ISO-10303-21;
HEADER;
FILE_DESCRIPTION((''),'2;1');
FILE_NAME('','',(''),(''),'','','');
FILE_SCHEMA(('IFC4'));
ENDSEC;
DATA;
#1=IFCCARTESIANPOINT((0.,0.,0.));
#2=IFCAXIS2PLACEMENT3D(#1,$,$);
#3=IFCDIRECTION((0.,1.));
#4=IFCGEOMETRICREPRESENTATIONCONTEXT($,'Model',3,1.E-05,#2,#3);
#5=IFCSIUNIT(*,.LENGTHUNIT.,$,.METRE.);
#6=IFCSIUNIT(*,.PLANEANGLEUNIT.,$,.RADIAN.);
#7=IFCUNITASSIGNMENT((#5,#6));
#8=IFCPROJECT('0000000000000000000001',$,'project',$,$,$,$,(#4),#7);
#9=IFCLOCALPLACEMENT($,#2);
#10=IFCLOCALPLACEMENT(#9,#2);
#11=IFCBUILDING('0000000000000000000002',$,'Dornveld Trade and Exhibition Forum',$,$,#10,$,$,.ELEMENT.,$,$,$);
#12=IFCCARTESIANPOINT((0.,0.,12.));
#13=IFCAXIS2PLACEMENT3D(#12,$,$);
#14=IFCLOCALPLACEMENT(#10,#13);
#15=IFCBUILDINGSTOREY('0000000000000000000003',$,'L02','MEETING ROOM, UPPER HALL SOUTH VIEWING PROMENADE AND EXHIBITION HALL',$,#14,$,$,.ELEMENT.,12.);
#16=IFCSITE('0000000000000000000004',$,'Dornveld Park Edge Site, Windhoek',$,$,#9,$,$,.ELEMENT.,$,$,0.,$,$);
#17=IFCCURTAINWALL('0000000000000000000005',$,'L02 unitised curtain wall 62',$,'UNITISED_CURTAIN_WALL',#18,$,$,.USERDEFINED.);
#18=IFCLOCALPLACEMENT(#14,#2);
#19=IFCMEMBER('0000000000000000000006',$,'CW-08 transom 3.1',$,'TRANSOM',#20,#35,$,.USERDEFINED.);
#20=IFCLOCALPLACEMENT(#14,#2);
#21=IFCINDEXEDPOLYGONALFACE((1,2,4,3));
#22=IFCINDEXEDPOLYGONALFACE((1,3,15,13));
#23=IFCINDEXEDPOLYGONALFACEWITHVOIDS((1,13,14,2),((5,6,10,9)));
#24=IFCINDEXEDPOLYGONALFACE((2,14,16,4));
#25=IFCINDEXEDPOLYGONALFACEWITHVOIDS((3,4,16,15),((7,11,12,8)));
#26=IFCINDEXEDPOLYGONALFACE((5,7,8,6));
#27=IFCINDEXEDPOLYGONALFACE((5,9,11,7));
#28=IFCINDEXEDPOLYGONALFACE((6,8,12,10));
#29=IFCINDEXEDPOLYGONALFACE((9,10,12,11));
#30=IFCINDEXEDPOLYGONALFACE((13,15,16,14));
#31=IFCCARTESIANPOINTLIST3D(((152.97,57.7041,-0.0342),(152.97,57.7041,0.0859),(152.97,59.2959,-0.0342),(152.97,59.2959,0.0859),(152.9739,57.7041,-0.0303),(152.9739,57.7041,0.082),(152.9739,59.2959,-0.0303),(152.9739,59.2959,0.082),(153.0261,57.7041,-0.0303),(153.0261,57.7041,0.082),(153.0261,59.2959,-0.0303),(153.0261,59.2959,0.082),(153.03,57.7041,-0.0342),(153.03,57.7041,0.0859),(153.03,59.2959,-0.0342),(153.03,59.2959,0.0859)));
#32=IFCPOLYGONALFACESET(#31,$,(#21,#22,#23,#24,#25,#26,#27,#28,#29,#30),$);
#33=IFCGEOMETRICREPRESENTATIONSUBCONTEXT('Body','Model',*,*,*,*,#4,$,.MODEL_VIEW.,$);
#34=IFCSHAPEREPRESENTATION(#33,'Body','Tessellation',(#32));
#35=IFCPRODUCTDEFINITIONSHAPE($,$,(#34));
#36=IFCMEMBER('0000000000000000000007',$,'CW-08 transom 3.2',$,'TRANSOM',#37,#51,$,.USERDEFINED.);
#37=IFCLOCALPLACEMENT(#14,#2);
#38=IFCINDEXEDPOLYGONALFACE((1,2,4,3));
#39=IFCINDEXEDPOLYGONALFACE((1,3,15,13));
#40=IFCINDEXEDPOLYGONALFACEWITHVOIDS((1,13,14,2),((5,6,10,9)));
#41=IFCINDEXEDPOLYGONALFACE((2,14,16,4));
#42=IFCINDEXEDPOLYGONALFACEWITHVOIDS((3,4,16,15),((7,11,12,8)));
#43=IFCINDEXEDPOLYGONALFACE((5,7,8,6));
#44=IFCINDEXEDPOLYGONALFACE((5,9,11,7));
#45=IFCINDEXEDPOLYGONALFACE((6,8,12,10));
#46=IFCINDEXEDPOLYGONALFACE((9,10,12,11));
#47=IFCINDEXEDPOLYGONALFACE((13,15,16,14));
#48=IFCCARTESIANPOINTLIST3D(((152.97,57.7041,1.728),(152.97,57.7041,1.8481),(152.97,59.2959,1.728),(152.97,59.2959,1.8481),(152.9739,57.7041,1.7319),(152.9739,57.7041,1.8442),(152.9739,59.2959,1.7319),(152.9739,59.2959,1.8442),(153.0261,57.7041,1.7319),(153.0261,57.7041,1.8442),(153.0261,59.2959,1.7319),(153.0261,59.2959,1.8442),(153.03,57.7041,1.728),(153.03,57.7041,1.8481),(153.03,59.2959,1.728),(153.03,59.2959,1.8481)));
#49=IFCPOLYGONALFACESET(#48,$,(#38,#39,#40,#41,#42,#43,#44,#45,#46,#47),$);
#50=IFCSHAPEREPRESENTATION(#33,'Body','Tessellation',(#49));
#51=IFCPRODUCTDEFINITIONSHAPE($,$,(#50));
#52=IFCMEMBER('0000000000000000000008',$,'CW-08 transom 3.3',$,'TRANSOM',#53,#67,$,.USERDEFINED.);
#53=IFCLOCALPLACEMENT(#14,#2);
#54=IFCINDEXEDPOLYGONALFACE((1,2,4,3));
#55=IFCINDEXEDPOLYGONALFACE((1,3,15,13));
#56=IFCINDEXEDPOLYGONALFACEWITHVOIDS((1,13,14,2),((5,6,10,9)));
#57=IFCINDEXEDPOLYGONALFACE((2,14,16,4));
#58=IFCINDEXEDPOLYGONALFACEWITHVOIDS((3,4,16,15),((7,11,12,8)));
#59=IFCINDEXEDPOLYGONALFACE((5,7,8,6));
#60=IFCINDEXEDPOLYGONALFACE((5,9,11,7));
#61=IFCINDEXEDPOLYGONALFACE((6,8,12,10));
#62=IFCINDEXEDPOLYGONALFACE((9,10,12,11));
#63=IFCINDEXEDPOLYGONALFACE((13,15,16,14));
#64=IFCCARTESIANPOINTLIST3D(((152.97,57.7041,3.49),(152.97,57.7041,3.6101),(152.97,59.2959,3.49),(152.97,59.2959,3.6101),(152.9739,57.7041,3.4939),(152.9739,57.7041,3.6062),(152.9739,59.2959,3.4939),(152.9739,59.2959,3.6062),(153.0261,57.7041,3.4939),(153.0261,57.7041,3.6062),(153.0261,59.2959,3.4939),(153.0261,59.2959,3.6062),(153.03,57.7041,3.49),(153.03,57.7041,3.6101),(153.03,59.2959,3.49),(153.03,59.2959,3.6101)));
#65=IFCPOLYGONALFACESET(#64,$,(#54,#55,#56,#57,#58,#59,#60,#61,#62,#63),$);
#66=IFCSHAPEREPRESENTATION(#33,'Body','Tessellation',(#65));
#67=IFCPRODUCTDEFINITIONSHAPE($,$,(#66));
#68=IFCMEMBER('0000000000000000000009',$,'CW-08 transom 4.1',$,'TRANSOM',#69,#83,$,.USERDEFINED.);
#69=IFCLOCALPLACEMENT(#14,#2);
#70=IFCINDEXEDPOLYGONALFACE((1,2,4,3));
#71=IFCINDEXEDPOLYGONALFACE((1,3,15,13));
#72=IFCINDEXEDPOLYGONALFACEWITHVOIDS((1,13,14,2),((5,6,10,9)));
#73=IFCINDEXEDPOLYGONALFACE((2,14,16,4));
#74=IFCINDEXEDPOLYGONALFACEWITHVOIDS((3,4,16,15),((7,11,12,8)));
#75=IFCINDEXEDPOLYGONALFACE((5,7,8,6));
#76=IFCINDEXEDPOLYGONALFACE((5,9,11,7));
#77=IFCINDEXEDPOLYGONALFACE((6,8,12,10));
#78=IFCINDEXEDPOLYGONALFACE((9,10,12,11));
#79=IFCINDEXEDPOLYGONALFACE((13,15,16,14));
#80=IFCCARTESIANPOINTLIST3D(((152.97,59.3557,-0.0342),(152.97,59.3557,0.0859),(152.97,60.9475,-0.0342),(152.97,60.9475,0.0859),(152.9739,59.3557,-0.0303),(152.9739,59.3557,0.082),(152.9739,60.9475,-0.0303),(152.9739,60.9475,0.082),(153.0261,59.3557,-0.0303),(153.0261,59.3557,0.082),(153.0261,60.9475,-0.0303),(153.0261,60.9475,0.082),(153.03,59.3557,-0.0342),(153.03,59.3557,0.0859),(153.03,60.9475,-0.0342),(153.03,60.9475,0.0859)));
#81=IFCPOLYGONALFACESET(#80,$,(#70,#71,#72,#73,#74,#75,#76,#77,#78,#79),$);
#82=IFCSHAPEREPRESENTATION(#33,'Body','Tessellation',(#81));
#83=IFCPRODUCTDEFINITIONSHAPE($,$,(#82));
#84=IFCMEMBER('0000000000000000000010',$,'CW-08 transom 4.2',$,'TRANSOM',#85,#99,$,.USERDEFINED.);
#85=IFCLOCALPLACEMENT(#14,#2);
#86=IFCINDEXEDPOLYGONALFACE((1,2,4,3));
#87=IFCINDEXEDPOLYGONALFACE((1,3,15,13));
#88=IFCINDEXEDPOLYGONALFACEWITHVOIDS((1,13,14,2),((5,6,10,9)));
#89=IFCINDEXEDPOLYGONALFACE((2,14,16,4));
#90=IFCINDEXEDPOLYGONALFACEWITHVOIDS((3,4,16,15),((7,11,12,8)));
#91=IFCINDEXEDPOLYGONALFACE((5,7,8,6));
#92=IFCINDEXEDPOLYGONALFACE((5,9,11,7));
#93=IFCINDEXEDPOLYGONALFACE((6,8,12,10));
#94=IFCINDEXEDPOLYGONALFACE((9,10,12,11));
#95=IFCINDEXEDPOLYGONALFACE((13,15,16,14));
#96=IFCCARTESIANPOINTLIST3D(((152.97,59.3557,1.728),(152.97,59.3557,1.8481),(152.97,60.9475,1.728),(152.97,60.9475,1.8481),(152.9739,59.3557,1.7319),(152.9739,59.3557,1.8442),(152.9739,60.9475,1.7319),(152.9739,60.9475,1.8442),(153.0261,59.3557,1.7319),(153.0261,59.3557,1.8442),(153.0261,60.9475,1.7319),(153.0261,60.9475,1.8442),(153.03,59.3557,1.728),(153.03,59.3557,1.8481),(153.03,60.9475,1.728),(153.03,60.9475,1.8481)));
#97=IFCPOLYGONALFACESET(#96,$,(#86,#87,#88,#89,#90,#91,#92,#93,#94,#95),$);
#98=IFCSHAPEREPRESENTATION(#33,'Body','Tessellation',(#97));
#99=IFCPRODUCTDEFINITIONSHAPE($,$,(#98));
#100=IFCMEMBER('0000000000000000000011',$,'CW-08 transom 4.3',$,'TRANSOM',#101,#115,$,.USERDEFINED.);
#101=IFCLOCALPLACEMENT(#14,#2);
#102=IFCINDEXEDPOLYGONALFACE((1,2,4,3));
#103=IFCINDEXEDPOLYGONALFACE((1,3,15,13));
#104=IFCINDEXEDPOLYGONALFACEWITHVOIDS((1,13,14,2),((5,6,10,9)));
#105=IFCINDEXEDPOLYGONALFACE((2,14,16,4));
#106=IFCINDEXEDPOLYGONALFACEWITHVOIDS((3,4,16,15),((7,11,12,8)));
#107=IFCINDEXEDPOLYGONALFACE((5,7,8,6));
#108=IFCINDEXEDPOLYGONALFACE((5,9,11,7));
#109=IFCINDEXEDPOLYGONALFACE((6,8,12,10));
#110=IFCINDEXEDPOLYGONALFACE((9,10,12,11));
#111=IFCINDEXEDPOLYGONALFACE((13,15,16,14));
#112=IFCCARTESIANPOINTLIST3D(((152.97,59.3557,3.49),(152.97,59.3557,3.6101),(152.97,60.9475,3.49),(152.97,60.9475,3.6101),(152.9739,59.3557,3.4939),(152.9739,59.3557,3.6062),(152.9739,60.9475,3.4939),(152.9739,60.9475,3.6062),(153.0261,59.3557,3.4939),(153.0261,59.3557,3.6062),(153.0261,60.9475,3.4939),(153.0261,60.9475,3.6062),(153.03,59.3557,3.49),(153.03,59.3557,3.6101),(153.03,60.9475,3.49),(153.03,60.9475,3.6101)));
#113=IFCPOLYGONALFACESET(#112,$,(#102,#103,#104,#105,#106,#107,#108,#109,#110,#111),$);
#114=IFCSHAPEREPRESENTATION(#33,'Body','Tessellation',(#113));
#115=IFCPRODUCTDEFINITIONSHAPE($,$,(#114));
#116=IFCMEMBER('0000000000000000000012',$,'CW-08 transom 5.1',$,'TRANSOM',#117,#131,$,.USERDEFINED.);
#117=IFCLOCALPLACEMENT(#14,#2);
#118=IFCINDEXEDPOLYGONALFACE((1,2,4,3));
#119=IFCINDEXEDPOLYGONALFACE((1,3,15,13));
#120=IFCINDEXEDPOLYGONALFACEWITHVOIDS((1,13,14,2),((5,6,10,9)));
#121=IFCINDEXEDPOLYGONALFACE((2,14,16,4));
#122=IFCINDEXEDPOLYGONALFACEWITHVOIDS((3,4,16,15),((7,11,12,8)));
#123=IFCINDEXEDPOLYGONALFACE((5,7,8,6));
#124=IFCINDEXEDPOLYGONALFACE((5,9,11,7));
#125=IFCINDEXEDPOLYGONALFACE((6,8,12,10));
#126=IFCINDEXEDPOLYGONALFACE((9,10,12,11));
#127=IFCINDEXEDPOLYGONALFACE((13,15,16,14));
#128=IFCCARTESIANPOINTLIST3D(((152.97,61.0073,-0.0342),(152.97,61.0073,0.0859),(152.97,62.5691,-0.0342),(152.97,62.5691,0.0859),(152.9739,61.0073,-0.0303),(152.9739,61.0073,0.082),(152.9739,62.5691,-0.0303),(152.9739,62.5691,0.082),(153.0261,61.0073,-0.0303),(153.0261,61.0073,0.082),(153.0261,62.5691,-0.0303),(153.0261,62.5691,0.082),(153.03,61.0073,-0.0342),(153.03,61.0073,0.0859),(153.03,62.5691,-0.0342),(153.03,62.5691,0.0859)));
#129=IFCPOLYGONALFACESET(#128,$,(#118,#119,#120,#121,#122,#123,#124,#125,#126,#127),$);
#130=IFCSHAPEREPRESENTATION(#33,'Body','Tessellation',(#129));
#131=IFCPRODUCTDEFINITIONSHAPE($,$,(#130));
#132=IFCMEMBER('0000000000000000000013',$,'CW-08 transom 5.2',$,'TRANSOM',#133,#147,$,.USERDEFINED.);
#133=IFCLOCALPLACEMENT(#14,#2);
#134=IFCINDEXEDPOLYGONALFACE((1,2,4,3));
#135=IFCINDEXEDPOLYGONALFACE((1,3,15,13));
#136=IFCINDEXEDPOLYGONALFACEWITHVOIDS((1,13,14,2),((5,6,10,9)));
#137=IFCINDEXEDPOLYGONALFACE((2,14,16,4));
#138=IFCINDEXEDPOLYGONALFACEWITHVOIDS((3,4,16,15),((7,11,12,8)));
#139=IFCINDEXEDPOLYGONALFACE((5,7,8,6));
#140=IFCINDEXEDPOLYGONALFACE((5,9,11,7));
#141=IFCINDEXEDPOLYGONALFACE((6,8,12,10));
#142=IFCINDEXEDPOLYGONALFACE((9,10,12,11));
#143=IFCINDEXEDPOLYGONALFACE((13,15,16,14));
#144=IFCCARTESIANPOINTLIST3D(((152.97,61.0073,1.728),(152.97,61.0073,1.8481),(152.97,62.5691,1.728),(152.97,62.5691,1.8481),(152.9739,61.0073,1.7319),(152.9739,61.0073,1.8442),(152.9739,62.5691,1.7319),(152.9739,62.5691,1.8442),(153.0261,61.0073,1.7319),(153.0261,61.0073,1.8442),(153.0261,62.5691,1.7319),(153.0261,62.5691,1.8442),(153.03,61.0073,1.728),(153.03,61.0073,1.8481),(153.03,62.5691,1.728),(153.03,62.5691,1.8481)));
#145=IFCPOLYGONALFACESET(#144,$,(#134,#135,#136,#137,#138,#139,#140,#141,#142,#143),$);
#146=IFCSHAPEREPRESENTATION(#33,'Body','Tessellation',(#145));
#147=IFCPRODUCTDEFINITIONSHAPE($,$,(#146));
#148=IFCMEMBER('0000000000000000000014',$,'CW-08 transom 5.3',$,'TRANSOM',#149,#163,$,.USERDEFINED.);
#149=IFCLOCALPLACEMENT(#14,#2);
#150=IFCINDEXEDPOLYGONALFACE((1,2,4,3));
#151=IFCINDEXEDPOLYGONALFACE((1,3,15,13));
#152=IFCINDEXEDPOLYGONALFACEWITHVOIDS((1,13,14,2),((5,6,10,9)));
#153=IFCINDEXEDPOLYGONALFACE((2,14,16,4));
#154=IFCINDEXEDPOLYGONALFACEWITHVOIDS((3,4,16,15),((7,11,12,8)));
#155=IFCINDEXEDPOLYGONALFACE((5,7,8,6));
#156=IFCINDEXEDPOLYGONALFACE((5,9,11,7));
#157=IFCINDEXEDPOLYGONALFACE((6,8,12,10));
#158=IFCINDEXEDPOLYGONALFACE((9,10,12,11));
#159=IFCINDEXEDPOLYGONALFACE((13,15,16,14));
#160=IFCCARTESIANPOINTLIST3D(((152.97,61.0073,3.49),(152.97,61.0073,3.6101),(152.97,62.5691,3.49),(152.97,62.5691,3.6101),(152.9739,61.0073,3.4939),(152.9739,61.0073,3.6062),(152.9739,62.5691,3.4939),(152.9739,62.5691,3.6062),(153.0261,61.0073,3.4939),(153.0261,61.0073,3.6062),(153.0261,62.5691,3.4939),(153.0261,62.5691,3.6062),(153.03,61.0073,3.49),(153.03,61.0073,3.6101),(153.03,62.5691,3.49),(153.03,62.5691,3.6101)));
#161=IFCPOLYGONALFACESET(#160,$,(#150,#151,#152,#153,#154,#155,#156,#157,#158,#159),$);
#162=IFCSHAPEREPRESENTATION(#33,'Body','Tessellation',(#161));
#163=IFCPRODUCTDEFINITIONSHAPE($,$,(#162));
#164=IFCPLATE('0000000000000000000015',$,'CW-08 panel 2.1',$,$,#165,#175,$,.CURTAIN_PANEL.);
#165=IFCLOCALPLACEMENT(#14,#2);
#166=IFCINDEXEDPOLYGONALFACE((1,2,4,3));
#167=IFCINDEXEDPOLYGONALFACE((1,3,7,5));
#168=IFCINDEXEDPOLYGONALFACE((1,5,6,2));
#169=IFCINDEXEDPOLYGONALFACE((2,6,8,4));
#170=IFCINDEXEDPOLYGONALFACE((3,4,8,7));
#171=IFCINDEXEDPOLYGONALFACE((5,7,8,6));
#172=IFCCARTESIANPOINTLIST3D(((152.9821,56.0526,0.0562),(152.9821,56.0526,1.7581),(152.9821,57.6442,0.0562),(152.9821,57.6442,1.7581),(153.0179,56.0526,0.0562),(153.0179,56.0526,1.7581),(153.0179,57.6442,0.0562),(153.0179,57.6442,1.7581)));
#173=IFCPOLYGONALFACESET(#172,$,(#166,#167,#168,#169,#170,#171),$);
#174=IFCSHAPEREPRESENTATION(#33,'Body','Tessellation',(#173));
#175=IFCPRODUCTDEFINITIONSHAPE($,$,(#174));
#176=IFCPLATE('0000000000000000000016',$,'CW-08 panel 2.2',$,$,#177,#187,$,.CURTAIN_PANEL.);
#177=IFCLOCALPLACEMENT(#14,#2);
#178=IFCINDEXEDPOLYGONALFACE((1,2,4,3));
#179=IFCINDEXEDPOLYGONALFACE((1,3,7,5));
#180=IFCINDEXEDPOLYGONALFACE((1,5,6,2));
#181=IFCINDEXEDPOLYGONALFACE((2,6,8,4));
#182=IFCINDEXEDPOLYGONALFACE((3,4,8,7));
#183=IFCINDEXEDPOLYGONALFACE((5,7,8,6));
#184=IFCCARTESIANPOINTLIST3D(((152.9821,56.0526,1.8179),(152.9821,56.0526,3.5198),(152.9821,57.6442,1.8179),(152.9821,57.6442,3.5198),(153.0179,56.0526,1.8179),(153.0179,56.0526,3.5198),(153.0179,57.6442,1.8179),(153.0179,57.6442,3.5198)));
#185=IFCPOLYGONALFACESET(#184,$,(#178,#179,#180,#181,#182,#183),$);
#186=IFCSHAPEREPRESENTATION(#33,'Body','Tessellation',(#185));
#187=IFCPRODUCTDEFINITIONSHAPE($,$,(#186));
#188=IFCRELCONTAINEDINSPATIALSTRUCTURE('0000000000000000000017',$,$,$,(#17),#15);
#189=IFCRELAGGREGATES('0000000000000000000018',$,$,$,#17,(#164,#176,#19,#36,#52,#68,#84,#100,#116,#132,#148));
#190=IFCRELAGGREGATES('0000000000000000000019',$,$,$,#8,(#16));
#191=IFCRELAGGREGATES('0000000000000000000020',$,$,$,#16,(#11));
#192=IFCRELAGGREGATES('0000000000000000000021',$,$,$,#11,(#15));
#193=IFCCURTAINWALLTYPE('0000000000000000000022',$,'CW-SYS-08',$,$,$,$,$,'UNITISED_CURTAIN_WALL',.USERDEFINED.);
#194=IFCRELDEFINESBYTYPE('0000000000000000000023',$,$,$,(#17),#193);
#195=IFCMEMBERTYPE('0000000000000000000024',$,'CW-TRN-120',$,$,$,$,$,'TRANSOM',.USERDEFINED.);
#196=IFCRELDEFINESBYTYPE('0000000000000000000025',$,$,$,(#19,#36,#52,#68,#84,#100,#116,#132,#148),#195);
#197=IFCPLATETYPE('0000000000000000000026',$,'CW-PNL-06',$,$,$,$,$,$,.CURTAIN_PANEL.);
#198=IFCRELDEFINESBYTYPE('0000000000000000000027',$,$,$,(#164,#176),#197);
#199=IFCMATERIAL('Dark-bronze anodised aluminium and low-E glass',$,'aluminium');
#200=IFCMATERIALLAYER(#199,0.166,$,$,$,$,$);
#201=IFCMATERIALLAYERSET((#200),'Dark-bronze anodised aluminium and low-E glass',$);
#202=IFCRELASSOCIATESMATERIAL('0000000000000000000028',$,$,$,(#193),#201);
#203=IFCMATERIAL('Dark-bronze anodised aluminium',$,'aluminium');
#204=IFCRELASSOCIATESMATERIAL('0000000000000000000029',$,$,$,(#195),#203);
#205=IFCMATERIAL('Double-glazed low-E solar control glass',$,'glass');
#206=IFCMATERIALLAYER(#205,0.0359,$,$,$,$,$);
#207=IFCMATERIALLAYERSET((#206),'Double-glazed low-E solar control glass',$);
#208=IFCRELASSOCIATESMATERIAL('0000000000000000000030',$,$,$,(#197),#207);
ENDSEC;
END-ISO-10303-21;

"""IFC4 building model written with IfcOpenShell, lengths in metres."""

from ifc_helpers import new_model, si_unit, direction, frame, origin, origin_2d, place, context, subcontext, project, spatial, rectangle, hollow_rectangle, extrude, material, layer, layer_set, material_profile, profile_set, type_object, element, aggregate, save


model = new_model("IFC4")

# Units and contexts
model_context = context("Model", 3, precision=1e-05, world=origin(), true_north=direction((0.0, 1.0)))
body_context = subcontext(model_context, "Body", "Model", "MODEL_VIEW")
ifc_project = project(units=[si_unit("LENGTHUNIT", "METRE"), si_unit("PLANEANGLEUNIT", "RADIAN")], contexts=[model_context])

# Site, building, storey
site_placement = place(None, origin())
site = spatial("IfcSite", under=ifc_project, at=site_placement, Name="Dornveld Park Edge Site, Windhoek", CompositionType="ELEMENT", RefElevation=0.0)
building_placement = place(site_placement, origin())
building = spatial("IfcBuilding", under=site, at=building_placement, Name="Dornveld Trade and Exhibition Forum", CompositionType="ELEMENT")
storey_placement = place(building_placement, frame((0.0, 0.0, 12.0)))
storey = spatial("IfcBuildingStorey", under=building, at=storey_placement, Name="L02", Description="MEETING ROOM, UPPER HALL SOUTH VIEWING PROMENADE AND EXHIBITION HALL", CompositionType="ELEMENT", Elevation=12.0)

# Curtain wall, members, plates
ifc_material_1 = material(Name="Dark-bronze anodised aluminium and low-E glass", Category="aluminium")
ifc_layer_1 = layer(ifc_material_1, 0.166)
ifc_layer_set_1 = layer_set([ifc_layer_1], Name="Dark-bronze anodised aluminium and low-E glass")
curtain_wall_type = type_object("IfcCurtainWallType", Name="CW-SYS-08", ElementType="UNITISED_CURTAIN_WALL", PredefinedType="USERDEFINED", material=ifc_layer_set_1)
curtain_wall_placement = place(storey_placement, origin())
curtain_wall = element("IfcCurtainWall", 1, at=curtain_wall_placement, inside=storey, type_object=curtain_wall_type, Name="L02 unitised curtain wall 62", ObjectType="UNITISED_CURTAIN_WALL", PredefinedType="USERDEFINED")
ifc_material_2 = material(Name="Dark-bronze anodised aluminium", Category="aluminium")
ifc_material_profile_1 = material_profile(ifc_material_2, hollow_rectangle(XDim=0.0601, YDim=0.1201, WallThickness=0.0039, at=origin_2d()), Name="RHS 120x60x4")
ifc_profile_set_1 = profile_set([ifc_material_profile_1], Name="Dark-bronze anodised aluminium")
member_type_1 = type_object("IfcMemberType", Name="CW-TRN-120", ElementType="TRANSOM", PredefinedType="USERDEFINED", material=ifc_profile_set_1)
member_1_placement = place(storey_placement, frame((153.0, 57.7041, 0.0259), z_axis=(0.0, 1.0, 0.0), x_axis=(-1.0, 0.0, 0.0)))
member_1 = element("IfcMember", 2, at=member_1_placement, type_object=member_type_1, Name="CW-08 transom 3.1", ObjectType="TRANSOM", PredefinedType="USERDEFINED", context=body_context, shape_type="SweptSolid", body=[
    extrude(hollow_rectangle(XDim=0.0601, YDim=0.1201, WallThickness=0.0039, at=origin_2d()), origin(), (0.0, 0.0, 1.0), 1.5918),
])
member_2_placement = place(storey_placement, frame((153.0, 57.7041, 1.7881), z_axis=(0.0, 1.0, 0.0), x_axis=(-1.0, 0.0, 0.0)))
member_2 = element("IfcMember", 3, at=member_2_placement, type_object=member_type_1, Name="CW-08 transom 3.2", ObjectType="TRANSOM", PredefinedType="USERDEFINED", context=body_context, shape_type="SweptSolid", body=[
    extrude(hollow_rectangle(XDim=0.0601, YDim=0.1201, WallThickness=0.0039, at=origin_2d()), origin(), (0.0, 0.0, 1.0), 1.5918),
])
member_3_placement = place(storey_placement, frame((153.0, 57.7041, 3.55), z_axis=(0.0, 1.0, 0.0), x_axis=(-1.0, 0.0, 0.0)))
member_3 = element("IfcMember", 4, at=member_3_placement, type_object=member_type_1, Name="CW-08 transom 3.3", ObjectType="TRANSOM", PredefinedType="USERDEFINED", context=body_context, shape_type="SweptSolid", body=[
    extrude(hollow_rectangle(XDim=0.0601, YDim=0.1201, WallThickness=0.0039, at=origin_2d()), origin(), (0.0, 0.0, 1.0), 1.5918),
])
member_4_placement = place(storey_placement, frame((153.0, 59.3557, 0.0259), z_axis=(0.0, 1.0, 0.0), x_axis=(-1.0, 0.0, 0.0)))
member_4 = element("IfcMember", 5, at=member_4_placement, type_object=member_type_1, Name="CW-08 transom 4.1", ObjectType="TRANSOM", PredefinedType="USERDEFINED", context=body_context, shape_type="SweptSolid", body=[
    extrude(hollow_rectangle(XDim=0.0601, YDim=0.1201, WallThickness=0.0039, at=origin_2d()), origin(), (0.0, 0.0, 1.0), 1.5918),
])
member_5_placement = place(storey_placement, frame((153.0, 59.3557, 1.7881), z_axis=(0.0, 1.0, 0.0), x_axis=(-1.0, 0.0, 0.0)))
member_5 = element("IfcMember", 6, at=member_5_placement, type_object=member_type_1, Name="CW-08 transom 4.2", ObjectType="TRANSOM", PredefinedType="USERDEFINED", context=body_context, shape_type="SweptSolid", body=[
    extrude(hollow_rectangle(XDim=0.0601, YDim=0.1201, WallThickness=0.0039, at=origin_2d()), origin(), (0.0, 0.0, 1.0), 1.5918),
])
member_6_placement = place(storey_placement, frame((153.0, 59.3557, 3.55), z_axis=(0.0, 1.0, 0.0), x_axis=(-1.0, 0.0, 0.0)))
member_6 = element("IfcMember", 7, at=member_6_placement, type_object=member_type_1, Name="CW-08 transom 4.3", ObjectType="TRANSOM", PredefinedType="USERDEFINED", context=body_context, shape_type="SweptSolid", body=[
    extrude(hollow_rectangle(XDim=0.0601, YDim=0.1201, WallThickness=0.0039, at=origin_2d()), origin(), (0.0, 0.0, 1.0), 1.5918),
])
member_7_placement = place(storey_placement, frame((153.0, 61.0073, 0.0259), z_axis=(0.0, 1.0, 0.0), x_axis=(-1.0, 0.0, 0.0)))
member_7 = element("IfcMember", 8, at=member_7_placement, type_object=member_type_1, Name="CW-08 transom 5.1", ObjectType="TRANSOM", PredefinedType="USERDEFINED", context=body_context, shape_type="SweptSolid", body=[
    extrude(hollow_rectangle(XDim=0.0601, YDim=0.1201, WallThickness=0.0039, at=origin_2d()), origin(), (0.0, 0.0, 1.0), 1.5618),
])
member_8_placement = place(storey_placement, frame((153.0, 61.0073, 1.7881), z_axis=(0.0, 1.0, 0.0), x_axis=(-1.0, 0.0, 0.0)))
member_8 = element("IfcMember", 9, at=member_8_placement, type_object=member_type_1, Name="CW-08 transom 5.2", ObjectType="TRANSOM", PredefinedType="USERDEFINED", context=body_context, shape_type="SweptSolid", body=[
    extrude(hollow_rectangle(XDim=0.0601, YDim=0.1201, WallThickness=0.0039, at=origin_2d()), origin(), (0.0, 0.0, 1.0), 1.5618),
])
member_9_placement = place(storey_placement, frame((153.0, 61.0073, 3.55), z_axis=(0.0, 1.0, 0.0), x_axis=(-1.0, 0.0, 0.0)))
member_9 = element("IfcMember", 10, at=member_9_placement, type_object=member_type_1, Name="CW-08 transom 5.3", ObjectType="TRANSOM", PredefinedType="USERDEFINED", context=body_context, shape_type="SweptSolid", body=[
    extrude(hollow_rectangle(XDim=0.0601, YDim=0.1201, WallThickness=0.0039, at=origin_2d()), origin(), (0.0, 0.0, 1.0), 1.5618),
])
ifc_material_3 = material(Name="Double-glazed low-E solar control glass", Category="glass")
ifc_layer_2 = layer(ifc_material_3, 0.0359)
ifc_layer_set_2 = layer_set([ifc_layer_2], Name="Double-glazed low-E solar control glass")
plate_type = type_object("IfcPlateType", Name="CW-PNL-06", PredefinedType="CURTAIN_PANEL", material=ifc_layer_set_2)
plate_1_placement = place(storey_placement, frame((153.0, 56.8484, 0.0562), z_axis=(0.0, 0.0, 1.0), x_axis=(0.0, 1.0, 0.0)))
plate_1 = element("IfcPlate", 11, at=plate_1_placement, type_object=plate_type, Name="CW-08 panel 2.1", PredefinedType="CURTAIN_PANEL", context=body_context, shape_type="SweptSolid", body=[
    extrude(rectangle(XDim=1.5916, YDim=0.0359, at=origin_2d()), origin(), (0.0, 0.0, 1.0), 1.7019),
])
plate_2_placement = place(storey_placement, frame((153.0, 56.8484, 1.8179), z_axis=(0.0, 0.0, 1.0), x_axis=(0.0, 1.0, 0.0)))
plate_2 = element("IfcPlate", 12, at=plate_2_placement, type_object=plate_type, Name="CW-08 panel 2.2", PredefinedType="CURTAIN_PANEL", context=body_context, shape_type="SweptSolid", body=[
    extrude(rectangle(XDim=1.5916, YDim=0.0359, at=origin_2d()), origin(), (0.0, 0.0, 1.0), 1.7019),
])
aggregate(curtain_wall, [plate_1, plate_2, member_1, member_2, member_3, member_4, member_5, member_6, member_7, member_8, member_9])

save(model, "model.ifc")
